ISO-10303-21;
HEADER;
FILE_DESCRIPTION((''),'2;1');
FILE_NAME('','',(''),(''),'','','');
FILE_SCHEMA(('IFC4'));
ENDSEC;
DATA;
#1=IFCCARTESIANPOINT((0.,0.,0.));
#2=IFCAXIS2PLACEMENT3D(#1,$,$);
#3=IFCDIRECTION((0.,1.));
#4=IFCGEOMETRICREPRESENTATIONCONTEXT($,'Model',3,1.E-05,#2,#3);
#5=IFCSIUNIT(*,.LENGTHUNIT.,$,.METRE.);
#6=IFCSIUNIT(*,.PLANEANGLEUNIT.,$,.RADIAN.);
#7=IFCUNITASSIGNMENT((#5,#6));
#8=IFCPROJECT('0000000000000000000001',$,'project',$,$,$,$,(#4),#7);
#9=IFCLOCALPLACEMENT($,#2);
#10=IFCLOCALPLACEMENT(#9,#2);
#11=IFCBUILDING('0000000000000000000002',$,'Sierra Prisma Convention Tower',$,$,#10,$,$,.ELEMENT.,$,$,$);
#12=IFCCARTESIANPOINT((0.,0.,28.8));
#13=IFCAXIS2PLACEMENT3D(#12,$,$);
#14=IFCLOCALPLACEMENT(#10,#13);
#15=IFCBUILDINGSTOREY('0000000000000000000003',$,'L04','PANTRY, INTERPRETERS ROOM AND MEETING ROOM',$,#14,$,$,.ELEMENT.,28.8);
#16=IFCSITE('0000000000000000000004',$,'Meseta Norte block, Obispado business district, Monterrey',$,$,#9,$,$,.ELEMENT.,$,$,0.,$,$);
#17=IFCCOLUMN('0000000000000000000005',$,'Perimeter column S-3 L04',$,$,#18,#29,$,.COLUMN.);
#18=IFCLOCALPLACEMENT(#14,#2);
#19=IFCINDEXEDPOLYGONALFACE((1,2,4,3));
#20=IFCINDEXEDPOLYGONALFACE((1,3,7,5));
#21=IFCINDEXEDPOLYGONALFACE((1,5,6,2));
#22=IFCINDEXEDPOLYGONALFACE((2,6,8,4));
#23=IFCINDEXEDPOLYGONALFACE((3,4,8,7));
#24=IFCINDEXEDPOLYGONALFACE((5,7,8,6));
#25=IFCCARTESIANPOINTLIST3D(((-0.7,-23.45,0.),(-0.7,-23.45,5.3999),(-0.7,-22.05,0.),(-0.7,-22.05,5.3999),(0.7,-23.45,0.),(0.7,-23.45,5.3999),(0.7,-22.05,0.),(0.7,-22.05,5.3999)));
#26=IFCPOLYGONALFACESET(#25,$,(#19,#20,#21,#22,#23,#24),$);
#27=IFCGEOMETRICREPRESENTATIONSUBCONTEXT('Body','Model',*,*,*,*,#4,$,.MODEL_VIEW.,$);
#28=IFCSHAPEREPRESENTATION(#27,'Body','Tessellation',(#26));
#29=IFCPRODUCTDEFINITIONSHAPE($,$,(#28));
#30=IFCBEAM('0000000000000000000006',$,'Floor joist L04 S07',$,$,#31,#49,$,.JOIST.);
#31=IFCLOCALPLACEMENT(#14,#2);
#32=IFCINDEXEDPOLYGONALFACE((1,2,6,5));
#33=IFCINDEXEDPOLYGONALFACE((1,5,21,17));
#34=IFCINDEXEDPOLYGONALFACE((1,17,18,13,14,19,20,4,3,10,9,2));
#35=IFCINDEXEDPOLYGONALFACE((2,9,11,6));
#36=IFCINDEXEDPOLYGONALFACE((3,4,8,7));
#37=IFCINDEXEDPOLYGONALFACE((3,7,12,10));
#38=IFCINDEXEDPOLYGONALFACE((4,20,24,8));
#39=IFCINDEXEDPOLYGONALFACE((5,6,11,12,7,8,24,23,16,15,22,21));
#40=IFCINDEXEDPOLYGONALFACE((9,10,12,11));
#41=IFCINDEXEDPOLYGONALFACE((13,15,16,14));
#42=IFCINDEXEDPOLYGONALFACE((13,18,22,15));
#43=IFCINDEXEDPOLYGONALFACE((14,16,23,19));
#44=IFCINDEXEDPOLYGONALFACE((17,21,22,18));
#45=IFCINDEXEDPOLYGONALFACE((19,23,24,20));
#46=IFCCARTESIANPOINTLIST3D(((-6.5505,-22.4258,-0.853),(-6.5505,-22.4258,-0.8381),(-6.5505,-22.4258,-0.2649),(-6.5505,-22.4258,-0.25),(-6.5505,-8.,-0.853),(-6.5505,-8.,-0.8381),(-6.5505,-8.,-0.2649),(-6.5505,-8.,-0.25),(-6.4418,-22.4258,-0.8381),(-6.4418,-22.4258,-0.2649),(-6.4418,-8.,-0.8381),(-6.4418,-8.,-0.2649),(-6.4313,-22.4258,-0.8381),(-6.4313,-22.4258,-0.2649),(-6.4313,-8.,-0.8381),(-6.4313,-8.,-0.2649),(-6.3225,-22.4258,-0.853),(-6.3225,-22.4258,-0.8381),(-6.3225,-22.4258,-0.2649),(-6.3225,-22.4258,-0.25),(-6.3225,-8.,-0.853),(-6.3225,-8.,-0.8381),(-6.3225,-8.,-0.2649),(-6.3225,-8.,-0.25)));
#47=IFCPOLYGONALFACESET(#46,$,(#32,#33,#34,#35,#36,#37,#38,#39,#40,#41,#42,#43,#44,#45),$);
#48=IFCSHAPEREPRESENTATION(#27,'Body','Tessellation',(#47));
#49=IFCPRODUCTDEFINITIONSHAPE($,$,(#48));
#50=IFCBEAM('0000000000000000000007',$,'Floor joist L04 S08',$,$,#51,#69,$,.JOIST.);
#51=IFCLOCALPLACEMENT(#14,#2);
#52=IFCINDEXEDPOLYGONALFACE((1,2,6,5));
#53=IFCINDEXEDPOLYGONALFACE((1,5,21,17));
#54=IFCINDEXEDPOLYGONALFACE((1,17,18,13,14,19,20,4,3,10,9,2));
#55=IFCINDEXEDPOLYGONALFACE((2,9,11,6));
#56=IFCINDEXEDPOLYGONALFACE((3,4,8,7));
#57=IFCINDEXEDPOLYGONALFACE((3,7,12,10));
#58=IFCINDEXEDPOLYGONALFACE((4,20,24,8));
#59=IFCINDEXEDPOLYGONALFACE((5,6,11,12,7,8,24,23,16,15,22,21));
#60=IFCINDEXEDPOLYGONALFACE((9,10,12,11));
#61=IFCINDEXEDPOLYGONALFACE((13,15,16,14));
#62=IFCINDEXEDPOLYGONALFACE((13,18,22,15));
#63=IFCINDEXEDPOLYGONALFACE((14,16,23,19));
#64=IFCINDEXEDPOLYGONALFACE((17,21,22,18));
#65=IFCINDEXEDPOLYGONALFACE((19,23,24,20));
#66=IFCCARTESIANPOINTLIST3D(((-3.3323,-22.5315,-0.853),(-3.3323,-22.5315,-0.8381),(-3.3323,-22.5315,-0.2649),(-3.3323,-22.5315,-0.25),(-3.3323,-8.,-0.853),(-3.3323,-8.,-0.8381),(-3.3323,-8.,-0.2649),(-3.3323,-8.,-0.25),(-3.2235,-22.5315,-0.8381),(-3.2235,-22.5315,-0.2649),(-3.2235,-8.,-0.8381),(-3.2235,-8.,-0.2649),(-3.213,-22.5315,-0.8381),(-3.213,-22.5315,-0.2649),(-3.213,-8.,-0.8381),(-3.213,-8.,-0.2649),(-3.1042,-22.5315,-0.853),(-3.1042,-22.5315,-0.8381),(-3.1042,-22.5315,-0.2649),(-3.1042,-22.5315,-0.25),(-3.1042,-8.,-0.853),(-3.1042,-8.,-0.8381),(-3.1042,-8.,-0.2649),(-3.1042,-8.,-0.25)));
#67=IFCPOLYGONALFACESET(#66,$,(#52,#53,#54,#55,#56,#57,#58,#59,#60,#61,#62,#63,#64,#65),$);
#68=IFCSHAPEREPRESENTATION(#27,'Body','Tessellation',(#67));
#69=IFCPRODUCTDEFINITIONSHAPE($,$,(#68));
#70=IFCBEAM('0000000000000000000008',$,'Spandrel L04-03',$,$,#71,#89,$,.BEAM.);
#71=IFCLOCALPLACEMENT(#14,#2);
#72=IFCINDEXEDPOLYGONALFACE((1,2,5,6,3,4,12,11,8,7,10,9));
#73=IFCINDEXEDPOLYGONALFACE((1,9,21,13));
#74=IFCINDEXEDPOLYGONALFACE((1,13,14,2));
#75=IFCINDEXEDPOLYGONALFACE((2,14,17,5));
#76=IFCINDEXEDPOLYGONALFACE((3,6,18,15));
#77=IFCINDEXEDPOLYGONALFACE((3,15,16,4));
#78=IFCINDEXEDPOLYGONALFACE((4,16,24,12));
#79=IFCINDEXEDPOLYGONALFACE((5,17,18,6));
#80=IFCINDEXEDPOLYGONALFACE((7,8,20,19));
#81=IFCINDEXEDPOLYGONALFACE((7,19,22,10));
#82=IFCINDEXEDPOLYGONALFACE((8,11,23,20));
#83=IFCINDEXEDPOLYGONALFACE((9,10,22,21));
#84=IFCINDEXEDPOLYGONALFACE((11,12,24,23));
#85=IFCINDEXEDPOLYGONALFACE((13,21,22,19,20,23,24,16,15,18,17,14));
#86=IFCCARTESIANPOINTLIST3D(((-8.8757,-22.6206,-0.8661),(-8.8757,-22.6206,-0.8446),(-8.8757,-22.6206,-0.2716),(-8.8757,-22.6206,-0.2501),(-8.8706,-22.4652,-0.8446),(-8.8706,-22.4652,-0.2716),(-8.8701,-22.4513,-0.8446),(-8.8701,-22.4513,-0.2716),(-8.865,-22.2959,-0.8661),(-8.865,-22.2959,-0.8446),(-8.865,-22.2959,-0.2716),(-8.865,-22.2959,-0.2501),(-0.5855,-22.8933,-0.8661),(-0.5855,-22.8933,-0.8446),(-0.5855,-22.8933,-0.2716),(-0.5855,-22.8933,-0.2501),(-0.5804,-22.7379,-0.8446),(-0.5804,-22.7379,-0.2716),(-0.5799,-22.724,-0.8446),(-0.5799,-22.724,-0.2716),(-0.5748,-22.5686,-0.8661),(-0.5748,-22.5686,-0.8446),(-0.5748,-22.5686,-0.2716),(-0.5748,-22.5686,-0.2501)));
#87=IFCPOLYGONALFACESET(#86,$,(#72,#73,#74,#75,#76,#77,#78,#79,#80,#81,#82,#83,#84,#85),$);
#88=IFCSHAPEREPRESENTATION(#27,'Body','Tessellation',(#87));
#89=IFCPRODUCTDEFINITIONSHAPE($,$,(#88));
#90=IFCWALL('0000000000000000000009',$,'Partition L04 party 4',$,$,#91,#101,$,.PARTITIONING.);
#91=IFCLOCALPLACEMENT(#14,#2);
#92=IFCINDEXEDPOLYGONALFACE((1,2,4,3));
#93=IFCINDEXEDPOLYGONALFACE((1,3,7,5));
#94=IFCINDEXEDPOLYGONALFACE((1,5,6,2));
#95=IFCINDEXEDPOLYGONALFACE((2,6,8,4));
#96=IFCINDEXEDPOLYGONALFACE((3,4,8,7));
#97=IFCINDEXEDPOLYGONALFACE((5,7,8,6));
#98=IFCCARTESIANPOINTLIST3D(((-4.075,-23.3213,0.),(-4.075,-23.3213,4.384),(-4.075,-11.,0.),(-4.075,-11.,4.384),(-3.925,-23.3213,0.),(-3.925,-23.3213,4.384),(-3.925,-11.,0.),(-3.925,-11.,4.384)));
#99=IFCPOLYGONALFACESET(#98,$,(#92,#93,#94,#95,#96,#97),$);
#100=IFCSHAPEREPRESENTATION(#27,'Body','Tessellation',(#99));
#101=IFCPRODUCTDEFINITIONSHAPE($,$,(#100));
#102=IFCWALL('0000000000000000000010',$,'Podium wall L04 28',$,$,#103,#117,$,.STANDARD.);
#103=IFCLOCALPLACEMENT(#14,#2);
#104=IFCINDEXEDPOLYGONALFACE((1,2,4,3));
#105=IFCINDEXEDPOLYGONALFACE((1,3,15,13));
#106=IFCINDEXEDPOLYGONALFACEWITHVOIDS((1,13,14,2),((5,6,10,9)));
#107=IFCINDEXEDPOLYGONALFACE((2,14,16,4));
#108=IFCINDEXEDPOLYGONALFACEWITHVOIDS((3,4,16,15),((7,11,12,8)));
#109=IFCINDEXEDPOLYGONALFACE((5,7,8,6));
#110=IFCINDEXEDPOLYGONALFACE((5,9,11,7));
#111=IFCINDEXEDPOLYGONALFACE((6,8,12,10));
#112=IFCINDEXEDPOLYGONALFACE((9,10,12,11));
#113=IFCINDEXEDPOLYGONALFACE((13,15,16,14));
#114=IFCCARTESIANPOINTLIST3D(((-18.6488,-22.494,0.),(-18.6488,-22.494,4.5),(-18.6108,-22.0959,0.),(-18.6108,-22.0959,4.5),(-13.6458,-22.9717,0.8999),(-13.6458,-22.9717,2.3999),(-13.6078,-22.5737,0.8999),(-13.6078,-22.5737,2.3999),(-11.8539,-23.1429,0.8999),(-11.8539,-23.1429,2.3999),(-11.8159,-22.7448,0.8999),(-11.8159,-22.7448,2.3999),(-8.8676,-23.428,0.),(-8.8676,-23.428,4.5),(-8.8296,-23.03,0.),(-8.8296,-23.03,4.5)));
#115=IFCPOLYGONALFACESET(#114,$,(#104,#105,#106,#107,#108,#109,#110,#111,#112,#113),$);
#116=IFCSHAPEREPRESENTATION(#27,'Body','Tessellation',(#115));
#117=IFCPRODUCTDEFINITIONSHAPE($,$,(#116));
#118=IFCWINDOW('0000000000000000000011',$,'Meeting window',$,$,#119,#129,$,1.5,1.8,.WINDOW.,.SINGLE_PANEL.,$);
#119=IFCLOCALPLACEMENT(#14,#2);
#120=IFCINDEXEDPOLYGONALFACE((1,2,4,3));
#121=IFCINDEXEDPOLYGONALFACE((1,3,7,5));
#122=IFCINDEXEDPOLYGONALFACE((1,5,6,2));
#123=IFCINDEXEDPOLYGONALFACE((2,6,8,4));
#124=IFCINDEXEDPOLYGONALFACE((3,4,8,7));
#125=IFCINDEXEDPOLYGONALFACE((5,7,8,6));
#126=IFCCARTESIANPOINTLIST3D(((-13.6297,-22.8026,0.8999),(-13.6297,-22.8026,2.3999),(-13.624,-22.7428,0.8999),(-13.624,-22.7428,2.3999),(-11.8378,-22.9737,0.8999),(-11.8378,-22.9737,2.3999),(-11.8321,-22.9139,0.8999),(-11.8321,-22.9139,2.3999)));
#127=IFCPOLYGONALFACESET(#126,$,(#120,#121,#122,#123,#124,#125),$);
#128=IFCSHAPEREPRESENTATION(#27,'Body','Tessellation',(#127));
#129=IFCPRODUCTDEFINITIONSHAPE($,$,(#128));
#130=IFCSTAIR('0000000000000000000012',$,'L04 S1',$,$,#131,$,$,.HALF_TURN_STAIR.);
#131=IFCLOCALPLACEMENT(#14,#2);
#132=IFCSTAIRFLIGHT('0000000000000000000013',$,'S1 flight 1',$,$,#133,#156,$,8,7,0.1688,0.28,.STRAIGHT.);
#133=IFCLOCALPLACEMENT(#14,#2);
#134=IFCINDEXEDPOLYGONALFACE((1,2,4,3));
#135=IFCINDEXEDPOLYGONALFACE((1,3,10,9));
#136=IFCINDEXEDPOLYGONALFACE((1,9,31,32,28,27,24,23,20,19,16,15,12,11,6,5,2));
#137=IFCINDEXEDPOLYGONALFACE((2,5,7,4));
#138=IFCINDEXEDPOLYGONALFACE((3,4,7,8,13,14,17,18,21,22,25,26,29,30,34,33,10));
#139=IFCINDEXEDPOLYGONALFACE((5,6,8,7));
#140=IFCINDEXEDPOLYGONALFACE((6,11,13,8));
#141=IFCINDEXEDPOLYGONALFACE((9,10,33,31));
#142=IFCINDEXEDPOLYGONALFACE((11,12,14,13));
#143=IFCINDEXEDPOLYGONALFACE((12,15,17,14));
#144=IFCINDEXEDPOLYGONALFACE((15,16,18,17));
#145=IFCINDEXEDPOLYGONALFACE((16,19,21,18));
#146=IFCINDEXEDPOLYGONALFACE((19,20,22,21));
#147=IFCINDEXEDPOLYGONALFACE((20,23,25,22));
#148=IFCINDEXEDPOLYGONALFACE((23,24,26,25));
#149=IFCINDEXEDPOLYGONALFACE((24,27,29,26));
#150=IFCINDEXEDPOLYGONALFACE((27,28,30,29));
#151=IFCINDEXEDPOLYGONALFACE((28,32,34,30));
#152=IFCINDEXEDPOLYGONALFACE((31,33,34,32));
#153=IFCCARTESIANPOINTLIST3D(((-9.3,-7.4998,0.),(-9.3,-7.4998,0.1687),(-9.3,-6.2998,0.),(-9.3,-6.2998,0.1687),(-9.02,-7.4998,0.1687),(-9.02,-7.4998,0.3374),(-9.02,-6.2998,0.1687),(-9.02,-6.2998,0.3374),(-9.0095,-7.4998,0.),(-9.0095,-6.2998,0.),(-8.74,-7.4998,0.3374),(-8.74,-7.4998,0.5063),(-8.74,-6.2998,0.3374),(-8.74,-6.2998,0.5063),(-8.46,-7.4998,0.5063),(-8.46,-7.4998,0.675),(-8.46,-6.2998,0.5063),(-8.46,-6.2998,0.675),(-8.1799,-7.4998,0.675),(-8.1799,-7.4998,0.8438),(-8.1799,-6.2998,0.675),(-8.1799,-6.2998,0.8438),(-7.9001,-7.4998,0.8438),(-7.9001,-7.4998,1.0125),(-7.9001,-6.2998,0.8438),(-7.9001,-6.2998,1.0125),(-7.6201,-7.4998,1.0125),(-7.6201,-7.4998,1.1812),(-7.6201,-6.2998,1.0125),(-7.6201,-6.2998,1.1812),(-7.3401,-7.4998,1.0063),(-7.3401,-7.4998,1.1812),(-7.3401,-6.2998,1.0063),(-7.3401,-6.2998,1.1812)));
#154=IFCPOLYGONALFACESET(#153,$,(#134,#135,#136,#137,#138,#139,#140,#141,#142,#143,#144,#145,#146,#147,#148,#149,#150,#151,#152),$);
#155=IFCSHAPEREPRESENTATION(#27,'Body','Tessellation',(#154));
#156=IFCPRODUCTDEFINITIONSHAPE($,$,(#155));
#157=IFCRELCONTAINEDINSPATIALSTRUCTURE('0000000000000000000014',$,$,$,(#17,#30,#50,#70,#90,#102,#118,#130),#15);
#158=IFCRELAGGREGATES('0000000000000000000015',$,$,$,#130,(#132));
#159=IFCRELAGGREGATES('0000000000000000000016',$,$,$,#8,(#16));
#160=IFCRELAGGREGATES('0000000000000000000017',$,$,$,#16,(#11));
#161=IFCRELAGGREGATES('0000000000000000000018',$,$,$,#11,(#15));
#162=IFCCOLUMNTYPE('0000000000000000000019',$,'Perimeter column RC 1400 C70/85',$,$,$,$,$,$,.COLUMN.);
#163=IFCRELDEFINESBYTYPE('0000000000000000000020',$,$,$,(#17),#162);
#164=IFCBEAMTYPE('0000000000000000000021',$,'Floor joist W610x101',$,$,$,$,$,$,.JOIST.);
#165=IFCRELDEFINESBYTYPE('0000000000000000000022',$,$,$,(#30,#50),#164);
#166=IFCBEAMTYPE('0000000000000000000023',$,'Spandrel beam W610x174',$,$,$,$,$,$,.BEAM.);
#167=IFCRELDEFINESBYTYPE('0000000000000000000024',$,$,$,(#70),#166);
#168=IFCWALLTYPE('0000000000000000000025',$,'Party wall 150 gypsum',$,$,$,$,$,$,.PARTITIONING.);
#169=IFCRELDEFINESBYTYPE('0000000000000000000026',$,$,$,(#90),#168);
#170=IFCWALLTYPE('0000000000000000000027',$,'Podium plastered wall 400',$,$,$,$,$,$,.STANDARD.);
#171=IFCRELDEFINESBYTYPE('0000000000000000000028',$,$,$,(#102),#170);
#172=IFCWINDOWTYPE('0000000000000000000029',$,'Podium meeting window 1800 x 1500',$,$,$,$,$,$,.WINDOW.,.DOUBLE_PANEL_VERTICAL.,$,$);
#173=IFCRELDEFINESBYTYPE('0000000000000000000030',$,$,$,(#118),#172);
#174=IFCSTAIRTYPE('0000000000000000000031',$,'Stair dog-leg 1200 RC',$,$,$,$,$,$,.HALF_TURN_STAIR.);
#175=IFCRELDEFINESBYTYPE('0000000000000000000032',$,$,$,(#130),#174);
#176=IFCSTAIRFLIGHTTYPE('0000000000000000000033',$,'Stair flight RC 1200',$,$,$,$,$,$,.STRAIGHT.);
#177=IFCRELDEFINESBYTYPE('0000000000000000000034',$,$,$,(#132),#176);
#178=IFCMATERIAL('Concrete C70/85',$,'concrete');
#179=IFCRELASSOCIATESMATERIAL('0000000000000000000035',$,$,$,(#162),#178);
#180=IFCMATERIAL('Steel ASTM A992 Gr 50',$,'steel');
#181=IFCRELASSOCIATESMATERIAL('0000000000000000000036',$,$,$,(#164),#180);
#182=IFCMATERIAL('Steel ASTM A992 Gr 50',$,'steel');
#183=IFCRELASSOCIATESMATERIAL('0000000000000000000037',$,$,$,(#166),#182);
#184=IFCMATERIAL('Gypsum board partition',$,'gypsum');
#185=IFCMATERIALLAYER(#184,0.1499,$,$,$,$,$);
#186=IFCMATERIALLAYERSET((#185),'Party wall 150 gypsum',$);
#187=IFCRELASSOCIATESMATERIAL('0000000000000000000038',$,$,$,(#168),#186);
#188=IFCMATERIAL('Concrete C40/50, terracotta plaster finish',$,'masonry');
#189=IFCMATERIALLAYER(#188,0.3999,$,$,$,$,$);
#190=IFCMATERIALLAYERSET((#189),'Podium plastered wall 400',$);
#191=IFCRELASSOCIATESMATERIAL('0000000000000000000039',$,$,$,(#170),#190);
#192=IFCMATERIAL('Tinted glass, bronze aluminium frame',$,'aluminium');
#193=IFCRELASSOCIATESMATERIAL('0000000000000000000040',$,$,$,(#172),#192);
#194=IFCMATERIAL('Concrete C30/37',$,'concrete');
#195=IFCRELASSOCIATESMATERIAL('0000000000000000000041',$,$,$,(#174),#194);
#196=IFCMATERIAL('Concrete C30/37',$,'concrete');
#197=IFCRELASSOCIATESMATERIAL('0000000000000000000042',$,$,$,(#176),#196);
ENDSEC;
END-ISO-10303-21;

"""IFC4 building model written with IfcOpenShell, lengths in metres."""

from ifc_helpers import new_model, si_unit, direction, frame, frame_2d, origin, origin_2d, place, context, subcontext, project, spatial, polyline, rectangle, i_section, outline, extrude, material, layer, layer_set, material_profile, profile_set, type_object, element, fill, aggregate, save


model = new_model("IFC4")

# Units and contexts
model_context = context("Model", 3, precision=1e-05, world=origin(), true_north=direction((0.0, 1.0)))
body_context = subcontext(model_context, "Body", "Model", "MODEL_VIEW")
ifc_project = project(units=[si_unit("LENGTHUNIT", "METRE"), si_unit("PLANEANGLEUNIT", "RADIAN")], contexts=[model_context])

# Site, building, storey
site_placement = place(None, origin())
site = spatial("IfcSite", under=ifc_project, at=site_placement, Name="Meseta Norte block, Obispado business district, Monterrey", CompositionType="ELEMENT", RefElevation=0.0)
building_placement = place(site_placement, origin())
building = spatial("IfcBuilding", under=site, at=building_placement, Name="Sierra Prisma Convention Tower", CompositionType="ELEMENT")
storey_placement = place(building_placement, frame((0.0, 0.0, 28.8)))
storey = spatial("IfcBuildingStorey", under=building, at=storey_placement, Name="L04", Description="PANTRY, INTERPRETERS ROOM AND MEETING ROOM", CompositionType="ELEMENT", Elevation=28.8)

# Column
ifc_material_1 = material(Name="Concrete C70/85", Category="concrete")
ifc_material_profile_1 = material_profile(ifc_material_1, rectangle(XDim=1.3999, YDim=1.3999, at=origin_2d()), Name="Perimeter column RC 1400 C70/85")
ifc_profile_set_1 = profile_set([ifc_material_profile_1], Name="Concrete C70/85")
column_type = type_object("IfcColumnType", Name="Perimeter column RC 1400 C70/85", PredefinedType="COLUMN", material=ifc_profile_set_1)
column_placement = place(storey_placement, frame((0.0, -22.75, 0.0), z_axis=(0.0, 0.0, 1.0), x_axis=(1.0, 0.0, 0.0)))
element("IfcColumn", 1, at=column_placement, inside=storey, type_object=column_type, Name="Perimeter column S-3 L04", PredefinedType="COLUMN", context=body_context, shape_type="SweptSolid", body=[
    extrude(rectangle(XDim=1.3999, YDim=1.3999, at=origin_2d()), origin(), (0.0, 0.0, 1.0), 5.3999),
])

# Beams
ifc_material_2 = material(Name="Steel ASTM A992 Gr 50", Category="steel")
ifc_material_profile_2 = material_profile(ifc_material_2, i_section(OverallWidth=0.228, OverallDepth=0.603, WebThickness=0.0105, FlangeThickness=0.0149, at=origin_2d()), Name="W610x101")
ifc_profile_set_2 = profile_set([ifc_material_profile_2], Name="Steel ASTM A992 Gr 50")
beam_type_1 = type_object("IfcBeamType", Name="Floor joist W610x101", PredefinedType="JOIST", material=ifc_profile_set_2)
beam_1_placement = place(storey_placement, frame((-6.4365, -22.4258, -0.5515), z_axis=(0.0, 1.0, 0.0), x_axis=(-1.0, 0.0, 0.0)))
element("IfcBeam", 2, at=beam_1_placement, inside=storey, type_object=beam_type_1, Name="Floor joist L04 S07", PredefinedType="JOIST", context=body_context, shape_type="SweptSolid", body=[
    extrude(i_section(OverallWidth=0.228, OverallDepth=0.603, WebThickness=0.0105, FlangeThickness=0.0149, at=origin_2d()), origin(), (0.0, 0.0, 1.0), 14.4258),
])
beam_2_placement = place(storey_placement, frame((-3.2183, -22.5315, -0.5515), z_axis=(0.0, 1.0, 0.0), x_axis=(-1.0, 0.0, 0.0)))
element("IfcBeam", 3, at=beam_2_placement, inside=storey, type_object=beam_type_1, Name="Floor joist L04 S08", PredefinedType="JOIST", context=body_context, shape_type="SweptSolid", body=[
    extrude(i_section(OverallWidth=0.228, OverallDepth=0.603, WebThickness=0.0105, FlangeThickness=0.0149, at=origin_2d()), origin(), (0.0, 0.0, 1.0), 14.5315),
])
ifc_material_3 = material(Name="Steel ASTM A992 Gr 50", Category="steel")
ifc_material_profile_3 = material_profile(ifc_material_3, i_section(OverallWidth=0.325, OverallDepth=0.616, WebThickness=0.0139, FlangeThickness=0.0215, at=origin_2d()), Name="W610x174")
ifc_profile_set_3 = profile_set([ifc_material_profile_3], Name="Steel ASTM A992 Gr 50")
beam_type_2 = type_object("IfcBeamType", Name="Spandrel beam W610x174", PredefinedType="BEAM", material=ifc_profile_set_3)
beam_3_placement = place(storey_placement, frame((-8.8704, -22.4583, -0.5581), z_axis=(0.999459, -0.032877, 0.0), x_axis=(0.032877, 0.999459, 0.0)))
element("IfcBeam", 4, at=beam_3_placement, inside=storey, type_object=beam_type_2, Name="Spandrel L04-03", PredefinedType="BEAM", context=body_context, shape_type="SweptSolid", body=[
    extrude(i_section(OverallWidth=0.325, OverallDepth=0.616, WebThickness=0.0139, FlangeThickness=0.0215, at=origin_2d()), origin(), (0.0, 0.0, 1.0), 8.2947),
])

# Wall
ifc_material_4 = material(Name="Gypsum board partition", Category="gypsum")
ifc_layer_1 = layer(ifc_material_4, 0.1499)
ifc_layer_set_1 = layer_set([ifc_layer_1], Name="Party wall 150 gypsum")
wall_type_1 = type_object("IfcWallType", Name="Party wall 150 gypsum", PredefinedType="PARTITIONING", material=ifc_layer_set_1)
wall_1_placement = place(storey_placement, frame((-4.0, -11.0, 0.0), z_axis=(0.0, 0.0, 1.0), x_axis=(0.0, -1.0, 0.0)))
element("IfcWall", 5, at=wall_1_placement, inside=storey, type_object=wall_type_1, Name="Partition L04 party 4", PredefinedType="PARTITIONING", context=body_context, shape_type="SweptSolid", body=[
    extrude(rectangle(XDim=12.3213, YDim=0.1499, at=frame_2d((6.1606, 0.0))), origin(), (0.0, 0.0, 1.0), 4.384),
])

# Wall, opening, window
ifc_material_5 = material(Name="Concrete C40/50, terracotta plaster finish", Category="masonry")
ifc_layer_2 = layer(ifc_material_5, 0.3999)
ifc_layer_set_2 = layer_set([ifc_layer_2], Name="Podium plastered wall 400")
wall_type_2 = type_object("IfcWallType", Name="Podium plastered wall 400", PredefinedType="STANDARD", material=ifc_layer_set_2)
wall_2_placement = place(storey_placement, frame((-8.8486, -23.229, 0.0), z_axis=(0.0, 0.0, 1.0), x_axis=(-0.995471, 0.095065, 0.0)))
wall_2 = element("IfcWall", 6, at=wall_2_placement, inside=storey, type_object=wall_type_2, Name="Podium wall L04 28", PredefinedType="STANDARD", context=body_context, shape_type="SweptSolid", body=[
    extrude(rectangle(XDim=9.8257, YDim=0.3999, at=frame_2d((4.9128, 0.0))), origin(), (0.0, 0.0, 1.0), 4.5),
])
opening_1_placement = place(wall_2_placement, frame((3.0, 0.0, 0.8999)))
opening_1 = element("IfcOpeningElement", 7, at=opening_1_placement, cuts=wall_2, PredefinedType="OPENING", context=body_context, shape_type="SweptSolid", body=[
    extrude(rectangle(XDim=1.8, YDim=1.5, at=frame_2d((0.8999, 0.75))), frame((0.0, 0.2, 0.0), z_axis=(0.0, -1.0, 0.0), x_axis=(1.0, 0.0, 0.0)), (0.0, 0.0, 1.0), 0.3999),
])
ifc_material_6 = material(Name="Tinted glass, bronze aluminium frame", Category="aluminium")
window_type = type_object("IfcWindowType", Name="Podium meeting window 1800 x 1500", PartitioningType="DOUBLE_PANEL_VERTICAL", PredefinedType="WINDOW", material=ifc_material_6)
window_placement = place(opening_1_placement, origin())
window = element("IfcWindow", 8, at=window_placement, inside=storey, type_object=window_type, Name="Meeting window", OverallHeight=1.5, OverallWidth=1.8, PartitioningType="SINGLE_PANEL", PredefinedType="WINDOW", context=body_context, shape_type="SweptSolid", body=[
    extrude(rectangle(XDim=1.8, YDim=1.5, at=frame_2d((0.8999, 0.75))), frame((0.0, 0.03, 0.0), z_axis=(0.0, -1.0, 0.0), x_axis=(1.0, 0.0, 0.0)), (0.0, 0.0, 1.0), 0.0601),
])
fill(opening_1, window)

# Stair, stair flight
ifc_material_7 = material(Name="Concrete C30/37", Category="concrete")
stair_type = type_object("IfcStairType", Name="Stair dog-leg 1200 RC", PredefinedType="HALF_TURN_STAIR", material=ifc_material_7)
stair_placement = place(storey_placement, origin())
stair = element("IfcStair", 9, at=stair_placement, inside=storey, type_object=stair_type, Name="L04 S1", PredefinedType="HALF_TURN_STAIR")
ifc_material_8 = material(Name="Concrete C30/37", Category="concrete")
stair_flight_type = type_object("IfcStairFlightType", Name="Stair flight RC 1200", PredefinedType="STRAIGHT", material=ifc_material_8)
stair_flight_1_placement = place(storey_placement, frame((-9.3, -6.8999, 0.0), z_axis=(0.0, 0.0, 1.0), x_axis=(1.0, 0.0, 0.0)))
stair_flight_1 = element("IfcStairFlight", 10, at=stair_flight_1_placement, type_object=stair_flight_type, Name="S1 flight 1", NumberOfRisers=8, NumberOfTreads=7, PredefinedType="STRAIGHT", RiserHeight=0.1688, TreadLength=0.28, context=body_context, shape_type="SweptSolid", body=[
    extrude(outline(polyline([(0.0, 0.0), (0.0, 0.1687), (0.28, 0.1687), (0.28, 0.3374), (0.5601, 0.3374), (0.5601, 0.5063), (0.8401, 0.5063), (0.8401, 0.675), (1.1201, 0.675), (1.1201, 0.8438), (1.3999, 0.8438), (1.3999, 1.0125), (1.6799, 1.0125), (1.6799, 1.1812), (1.96, 1.1812), (1.96, 1.3501), (1.96, 1.0063), (0.2905, 0.0), (0.0, 0.0)])), frame((0.0, 0.6001, 0.0), z_axis=(0.0, -1.0, 0.0), x_axis=(1.0, 0.0, 0.0)), (0.0, 0.0, 1.0), 1.2),
])
aggregate(stair, [stair_flight_1])

save(model, "model.ifc")
